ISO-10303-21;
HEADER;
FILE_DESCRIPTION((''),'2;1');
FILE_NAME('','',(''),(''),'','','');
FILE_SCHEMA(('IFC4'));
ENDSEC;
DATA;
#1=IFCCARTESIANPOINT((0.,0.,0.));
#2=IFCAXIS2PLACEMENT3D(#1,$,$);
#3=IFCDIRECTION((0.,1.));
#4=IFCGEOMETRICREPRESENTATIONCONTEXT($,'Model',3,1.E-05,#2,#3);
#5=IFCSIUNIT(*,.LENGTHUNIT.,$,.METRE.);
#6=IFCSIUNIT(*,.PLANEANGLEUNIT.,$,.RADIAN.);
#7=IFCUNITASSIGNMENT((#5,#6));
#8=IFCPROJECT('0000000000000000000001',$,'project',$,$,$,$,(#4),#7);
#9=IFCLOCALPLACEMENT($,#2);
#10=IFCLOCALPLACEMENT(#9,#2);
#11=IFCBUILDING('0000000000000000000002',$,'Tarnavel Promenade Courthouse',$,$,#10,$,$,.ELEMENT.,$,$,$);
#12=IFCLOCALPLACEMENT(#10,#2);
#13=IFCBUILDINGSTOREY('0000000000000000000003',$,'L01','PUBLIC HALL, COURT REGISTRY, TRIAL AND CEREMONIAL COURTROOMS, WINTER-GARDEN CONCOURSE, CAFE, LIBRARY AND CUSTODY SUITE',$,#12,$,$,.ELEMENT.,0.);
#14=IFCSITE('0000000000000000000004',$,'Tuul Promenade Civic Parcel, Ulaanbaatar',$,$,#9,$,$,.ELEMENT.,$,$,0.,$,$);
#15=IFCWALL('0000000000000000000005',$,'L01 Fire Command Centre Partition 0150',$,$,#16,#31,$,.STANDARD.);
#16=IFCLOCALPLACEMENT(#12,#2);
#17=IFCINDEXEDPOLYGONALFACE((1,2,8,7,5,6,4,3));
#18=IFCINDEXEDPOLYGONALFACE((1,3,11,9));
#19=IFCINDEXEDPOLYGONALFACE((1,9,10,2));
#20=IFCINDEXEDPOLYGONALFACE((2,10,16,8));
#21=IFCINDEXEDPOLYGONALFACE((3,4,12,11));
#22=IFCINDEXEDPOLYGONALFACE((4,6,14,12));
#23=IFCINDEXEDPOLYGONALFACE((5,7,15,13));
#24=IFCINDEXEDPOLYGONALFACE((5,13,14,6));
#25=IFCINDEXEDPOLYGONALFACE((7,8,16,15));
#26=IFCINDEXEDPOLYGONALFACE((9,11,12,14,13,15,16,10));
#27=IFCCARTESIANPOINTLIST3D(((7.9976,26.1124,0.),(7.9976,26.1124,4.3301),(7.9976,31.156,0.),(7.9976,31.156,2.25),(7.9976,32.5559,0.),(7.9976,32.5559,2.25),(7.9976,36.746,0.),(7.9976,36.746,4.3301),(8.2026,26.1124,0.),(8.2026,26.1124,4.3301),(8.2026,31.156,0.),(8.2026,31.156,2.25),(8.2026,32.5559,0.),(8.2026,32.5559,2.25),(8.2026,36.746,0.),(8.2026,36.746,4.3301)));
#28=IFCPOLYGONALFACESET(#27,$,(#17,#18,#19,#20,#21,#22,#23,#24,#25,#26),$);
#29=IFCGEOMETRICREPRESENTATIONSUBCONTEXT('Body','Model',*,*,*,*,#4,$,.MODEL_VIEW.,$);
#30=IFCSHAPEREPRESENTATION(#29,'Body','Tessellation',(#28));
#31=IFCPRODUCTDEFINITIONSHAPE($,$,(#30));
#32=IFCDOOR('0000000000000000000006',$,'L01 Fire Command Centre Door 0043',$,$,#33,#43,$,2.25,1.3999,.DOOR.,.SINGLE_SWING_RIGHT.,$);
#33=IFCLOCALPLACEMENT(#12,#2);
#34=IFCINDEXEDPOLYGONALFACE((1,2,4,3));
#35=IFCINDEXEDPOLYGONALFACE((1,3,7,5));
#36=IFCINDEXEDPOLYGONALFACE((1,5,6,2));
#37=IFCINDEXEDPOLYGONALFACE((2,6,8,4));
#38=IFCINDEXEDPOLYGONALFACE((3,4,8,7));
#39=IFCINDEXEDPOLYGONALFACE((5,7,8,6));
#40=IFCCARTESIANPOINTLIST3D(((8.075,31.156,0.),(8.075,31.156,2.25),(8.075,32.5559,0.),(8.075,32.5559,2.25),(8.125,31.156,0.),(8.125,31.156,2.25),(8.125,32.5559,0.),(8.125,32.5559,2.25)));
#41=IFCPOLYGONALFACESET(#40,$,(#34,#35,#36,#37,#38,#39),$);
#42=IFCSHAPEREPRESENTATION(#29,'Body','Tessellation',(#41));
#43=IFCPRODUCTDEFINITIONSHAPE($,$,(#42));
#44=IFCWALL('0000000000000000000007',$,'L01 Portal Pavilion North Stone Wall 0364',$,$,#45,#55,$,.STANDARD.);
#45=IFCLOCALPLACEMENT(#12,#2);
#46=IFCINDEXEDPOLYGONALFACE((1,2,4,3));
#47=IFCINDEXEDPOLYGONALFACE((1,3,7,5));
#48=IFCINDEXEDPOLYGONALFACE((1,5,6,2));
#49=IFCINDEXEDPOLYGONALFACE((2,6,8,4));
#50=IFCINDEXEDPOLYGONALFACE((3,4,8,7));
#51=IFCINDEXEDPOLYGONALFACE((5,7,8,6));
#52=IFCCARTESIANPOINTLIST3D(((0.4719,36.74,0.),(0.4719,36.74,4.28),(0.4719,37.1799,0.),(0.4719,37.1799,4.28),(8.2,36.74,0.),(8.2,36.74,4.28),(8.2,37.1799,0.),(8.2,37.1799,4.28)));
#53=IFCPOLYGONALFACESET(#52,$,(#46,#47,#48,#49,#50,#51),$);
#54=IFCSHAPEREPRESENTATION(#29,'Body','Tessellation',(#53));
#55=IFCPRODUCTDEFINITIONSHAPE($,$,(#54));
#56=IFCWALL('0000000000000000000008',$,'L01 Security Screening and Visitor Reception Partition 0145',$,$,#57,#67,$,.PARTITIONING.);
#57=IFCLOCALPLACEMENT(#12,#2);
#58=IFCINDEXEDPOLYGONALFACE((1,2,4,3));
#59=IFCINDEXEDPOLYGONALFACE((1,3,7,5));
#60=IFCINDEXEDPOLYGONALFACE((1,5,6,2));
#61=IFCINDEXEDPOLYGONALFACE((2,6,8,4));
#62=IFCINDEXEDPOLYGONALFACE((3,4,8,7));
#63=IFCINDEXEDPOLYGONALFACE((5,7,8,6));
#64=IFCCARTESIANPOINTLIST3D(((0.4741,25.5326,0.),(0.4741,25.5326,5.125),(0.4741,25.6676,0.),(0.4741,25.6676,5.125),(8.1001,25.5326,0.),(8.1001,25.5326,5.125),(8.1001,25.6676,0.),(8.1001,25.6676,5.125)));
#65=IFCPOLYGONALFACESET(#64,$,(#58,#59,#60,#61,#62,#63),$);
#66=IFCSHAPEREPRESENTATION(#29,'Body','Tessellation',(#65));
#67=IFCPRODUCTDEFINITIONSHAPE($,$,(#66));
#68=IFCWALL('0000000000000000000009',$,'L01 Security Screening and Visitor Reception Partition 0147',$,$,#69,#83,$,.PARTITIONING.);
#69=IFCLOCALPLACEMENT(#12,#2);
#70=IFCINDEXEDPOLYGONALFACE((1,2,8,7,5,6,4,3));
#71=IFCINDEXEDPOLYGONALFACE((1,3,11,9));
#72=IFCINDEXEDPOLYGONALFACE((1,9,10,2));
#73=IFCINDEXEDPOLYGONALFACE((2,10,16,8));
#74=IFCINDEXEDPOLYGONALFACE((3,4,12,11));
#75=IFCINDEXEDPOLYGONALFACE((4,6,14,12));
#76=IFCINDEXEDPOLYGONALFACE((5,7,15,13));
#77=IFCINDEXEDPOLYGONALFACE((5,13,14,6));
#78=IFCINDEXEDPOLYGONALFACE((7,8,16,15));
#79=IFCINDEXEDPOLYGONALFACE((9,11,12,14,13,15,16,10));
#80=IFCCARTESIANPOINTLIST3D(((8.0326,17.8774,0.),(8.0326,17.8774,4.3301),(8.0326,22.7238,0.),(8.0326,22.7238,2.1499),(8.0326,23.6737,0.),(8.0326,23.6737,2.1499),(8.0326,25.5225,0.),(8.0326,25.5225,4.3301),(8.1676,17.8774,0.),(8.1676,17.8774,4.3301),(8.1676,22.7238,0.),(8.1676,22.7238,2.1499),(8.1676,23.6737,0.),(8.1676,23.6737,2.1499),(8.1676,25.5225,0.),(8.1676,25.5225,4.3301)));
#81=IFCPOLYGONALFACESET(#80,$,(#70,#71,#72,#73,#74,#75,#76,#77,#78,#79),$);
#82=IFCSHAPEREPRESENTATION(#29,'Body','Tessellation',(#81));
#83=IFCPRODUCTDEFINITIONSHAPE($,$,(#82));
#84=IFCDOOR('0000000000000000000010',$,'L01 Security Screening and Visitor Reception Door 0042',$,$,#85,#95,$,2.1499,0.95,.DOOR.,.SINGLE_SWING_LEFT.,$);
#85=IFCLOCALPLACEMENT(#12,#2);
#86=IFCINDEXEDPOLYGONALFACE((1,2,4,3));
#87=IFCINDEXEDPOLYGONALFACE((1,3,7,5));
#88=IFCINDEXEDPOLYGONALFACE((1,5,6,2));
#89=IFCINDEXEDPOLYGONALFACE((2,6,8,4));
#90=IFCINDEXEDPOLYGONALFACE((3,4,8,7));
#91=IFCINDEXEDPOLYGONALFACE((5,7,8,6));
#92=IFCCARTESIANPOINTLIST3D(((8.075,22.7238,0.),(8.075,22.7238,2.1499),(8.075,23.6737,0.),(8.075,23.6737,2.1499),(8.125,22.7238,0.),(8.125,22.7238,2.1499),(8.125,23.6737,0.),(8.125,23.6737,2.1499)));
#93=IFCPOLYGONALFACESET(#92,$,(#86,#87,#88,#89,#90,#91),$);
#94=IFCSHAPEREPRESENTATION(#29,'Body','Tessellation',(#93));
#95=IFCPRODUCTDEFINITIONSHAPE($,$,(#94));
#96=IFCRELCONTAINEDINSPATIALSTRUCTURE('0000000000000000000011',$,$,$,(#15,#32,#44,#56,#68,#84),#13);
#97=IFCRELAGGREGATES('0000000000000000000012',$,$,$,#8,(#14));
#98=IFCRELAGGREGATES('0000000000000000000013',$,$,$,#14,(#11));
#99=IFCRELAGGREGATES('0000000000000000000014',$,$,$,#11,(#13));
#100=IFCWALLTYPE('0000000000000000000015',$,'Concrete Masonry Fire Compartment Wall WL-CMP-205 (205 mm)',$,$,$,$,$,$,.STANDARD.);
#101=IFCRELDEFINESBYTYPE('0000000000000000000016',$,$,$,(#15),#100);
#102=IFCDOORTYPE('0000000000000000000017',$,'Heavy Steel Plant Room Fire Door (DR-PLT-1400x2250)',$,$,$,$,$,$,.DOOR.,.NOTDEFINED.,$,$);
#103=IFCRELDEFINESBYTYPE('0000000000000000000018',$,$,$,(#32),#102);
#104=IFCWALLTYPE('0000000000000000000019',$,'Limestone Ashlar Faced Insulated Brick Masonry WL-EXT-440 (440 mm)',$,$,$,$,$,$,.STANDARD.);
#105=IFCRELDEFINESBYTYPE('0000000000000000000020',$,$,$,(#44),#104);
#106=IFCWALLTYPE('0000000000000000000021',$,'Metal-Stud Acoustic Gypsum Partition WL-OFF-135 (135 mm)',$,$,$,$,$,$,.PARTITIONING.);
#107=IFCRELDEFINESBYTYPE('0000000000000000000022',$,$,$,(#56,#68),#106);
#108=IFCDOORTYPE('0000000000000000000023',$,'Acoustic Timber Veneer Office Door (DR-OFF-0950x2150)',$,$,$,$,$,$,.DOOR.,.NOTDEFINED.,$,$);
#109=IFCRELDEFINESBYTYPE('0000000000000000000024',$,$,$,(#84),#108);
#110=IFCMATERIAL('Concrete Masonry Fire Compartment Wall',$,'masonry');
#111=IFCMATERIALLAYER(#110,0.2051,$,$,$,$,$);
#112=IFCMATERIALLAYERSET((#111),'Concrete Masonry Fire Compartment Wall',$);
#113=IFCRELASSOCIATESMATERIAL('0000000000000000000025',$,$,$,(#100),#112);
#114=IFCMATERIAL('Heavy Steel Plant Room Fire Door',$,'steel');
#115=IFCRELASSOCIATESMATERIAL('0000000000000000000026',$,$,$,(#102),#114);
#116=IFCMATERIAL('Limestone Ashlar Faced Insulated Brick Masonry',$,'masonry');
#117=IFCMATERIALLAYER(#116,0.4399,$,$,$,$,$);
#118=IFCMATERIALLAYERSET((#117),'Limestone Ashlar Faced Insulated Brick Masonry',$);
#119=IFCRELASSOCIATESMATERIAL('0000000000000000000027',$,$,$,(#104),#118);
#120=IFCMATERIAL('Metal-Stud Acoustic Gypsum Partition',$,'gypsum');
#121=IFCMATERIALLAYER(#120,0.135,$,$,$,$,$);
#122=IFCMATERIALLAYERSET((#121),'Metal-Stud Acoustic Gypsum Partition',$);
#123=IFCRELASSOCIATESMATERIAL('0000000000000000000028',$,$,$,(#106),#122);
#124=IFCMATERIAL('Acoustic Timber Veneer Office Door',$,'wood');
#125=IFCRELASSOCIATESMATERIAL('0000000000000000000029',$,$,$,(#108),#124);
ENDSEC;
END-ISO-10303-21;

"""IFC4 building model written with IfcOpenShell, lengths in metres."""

from ifc_helpers import new_model, si_unit, direction, frame, frame_2d, origin, place, context, subcontext, project, spatial, rectangle, extrude, material, layer, layer_set, type_object, element, fill, save


model = new_model("IFC4")

# Units and contexts
model_context = context("Model", 3, precision=1e-05, world=origin(), true_north=direction((0.0, 1.0)))
body_context = subcontext(model_context, "Body", "Model", "MODEL_VIEW")
ifc_project = project(units=[si_unit("LENGTHUNIT", "METRE"), si_unit("PLANEANGLEUNIT", "RADIAN")], contexts=[model_context])

# Site, building, storey
site_placement = place(None, origin())
site = spatial("IfcSite", under=ifc_project, at=site_placement, Name="Tuul Promenade Civic Parcel, Ulaanbaatar", CompositionType="ELEMENT", RefElevation=0.0)
building_placement = place(site_placement, origin())
building = spatial("IfcBuilding", under=site, at=building_placement, Name="Tarnavel Promenade Courthouse", CompositionType="ELEMENT")
storey_placement = place(building_placement, origin())
storey = spatial("IfcBuildingStorey", under=building, at=storey_placement, Name="L01", Description="PUBLIC HALL, COURT REGISTRY, TRIAL AND CEREMONIAL COURTROOMS, WINTER-GARDEN CONCOURSE, CAFE, LIBRARY AND CUSTODY SUITE", CompositionType="ELEMENT", Elevation=0.0)

# Shared definitions
ifc_material_1 = material(Name="Concrete Masonry Fire Compartment Wall", Category="masonry")
ifc_layer_1 = layer(ifc_material_1, 0.2051)
ifc_layer_set_1 = layer_set([ifc_layer_1], Name="Concrete Masonry Fire Compartment Wall")
wall_type_1 = type_object("IfcWallType", Name="Concrete Masonry Fire Compartment Wall WL-CMP-205 (205 mm)", PredefinedType="STANDARD", material=ifc_layer_set_1)

# Wall, opening, door
wall_1_placement = place(storey_placement, frame((8.1001, 36.7461, 0.0), z_axis=(0.0, 0.0, 1.0), x_axis=(0.0, -1.0, 0.0)))
wall_1 = element("IfcWall", 1, at=wall_1_placement, inside=storey, type_object=wall_type_1, Name="L01 Fire Command Centre Partition 0150", PredefinedType="STANDARD", context=body_context, shape_type="SweptSolid", body=[
    extrude(rectangle(XDim=10.6335, YDim=0.2051, at=frame_2d((5.3169, 0.0))), origin(), (0.0, 0.0, 1.0), 4.3301),
])
opening_1_placement = place(wall_1_placement, frame((4.1902, 0.0, 0.0)))
opening_1 = element("IfcOpeningElement", 2, at=opening_1_placement, cuts=wall_1, PredefinedType="OPENING", context=body_context, shape_type="SweptSolid", body=[
    extrude(rectangle(XDim=1.3999, YDim=2.25, at=frame_2d((0.7, 1.125))), frame((0.0, 0.1125, 0.0), z_axis=(0.0, -1.0, 0.0), x_axis=(1.0, 0.0, 0.0)), (0.0, 0.0, 1.0), 0.2251),
])
ifc_material_2 = material(Name="Heavy Steel Plant Room Fire Door", Category="steel")
door_type_1 = type_object("IfcDoorType", Name="Heavy Steel Plant Room Fire Door (DR-PLT-1400x2250)", OperationType="NOTDEFINED", PredefinedType="DOOR", material=ifc_material_2)
door_1_placement = place(opening_1_placement, origin())
door_1 = element("IfcDoor", 3, at=door_1_placement, inside=storey, type_object=door_type_1, Name="L01 Fire Command Centre Door 0043", OperationType="SINGLE_SWING_RIGHT", OverallHeight=2.25, OverallWidth=1.3999, PredefinedType="DOOR", context=body_context, shape_type="SweptSolid", body=[
    extrude(rectangle(XDim=1.3999, YDim=2.25, at=frame_2d((0.7, 1.125))), frame((0.0, 0.0249, 0.0), z_axis=(0.0, -1.0, 0.0), x_axis=(1.0, 0.0, 0.0)), (0.0, 0.0, 1.0), 0.05),
])
fill(opening_1, door_1)

# Wall
ifc_material_3 = material(Name="Limestone Ashlar Faced Insulated Brick Masonry", Category="masonry")
ifc_layer_2 = layer(ifc_material_3, 0.4399)
ifc_layer_set_2 = layer_set([ifc_layer_2], Name="Limestone Ashlar Faced Insulated Brick Masonry")
wall_type_2 = type_object("IfcWallType", Name="Limestone Ashlar Faced Insulated Brick Masonry WL-EXT-440 (440 mm)", PredefinedType="STANDARD", material=ifc_layer_set_2)
wall_2_placement = place(storey_placement, frame((0.4719, 36.96, 0.0), z_axis=(0.0, 0.0, 1.0), x_axis=(1.0, 0.0, 0.0)))
element("IfcWall", 4, at=wall_2_placement, inside=storey, type_object=wall_type_2, Name="L01 Portal Pavilion North Stone Wall 0364", PredefinedType="STANDARD", context=body_context, shape_type="SweptSolid", body=[
    extrude(rectangle(XDim=7.728, YDim=0.4399, at=frame_2d((3.864, 0.0))), origin(), (0.0, 0.0, 1.0), 4.28),
])

# Wall
ifc_material_4 = material(Name="Metal-Stud Acoustic Gypsum Partition", Category="gypsum")
ifc_layer_3 = layer(ifc_material_4, 0.135)
ifc_layer_set_3 = layer_set([ifc_layer_3], Name="Metal-Stud Acoustic Gypsum Partition")
wall_type_3 = type_object("IfcWallType", Name="Metal-Stud Acoustic Gypsum Partition WL-OFF-135 (135 mm)", PredefinedType="PARTITIONING", material=ifc_layer_set_3)
wall_3_placement = place(storey_placement, frame((0.4741, 25.6001, 0.0), z_axis=(0.0, 0.0, 1.0), x_axis=(1.0, 0.0, 0.0)))
element("IfcWall", 5, at=wall_3_placement, inside=storey, type_object=wall_type_3, Name="L01 Security Screening and Visitor Reception Partition 0145", PredefinedType="PARTITIONING", context=body_context, shape_type="SweptSolid", body=[
    extrude(rectangle(XDim=7.626, YDim=0.135, at=frame_2d((3.813, 0.0))), origin(), (0.0, 0.0, 1.0), 5.125),
])

# Wall, opening, door
wall_4_placement = place(storey_placement, frame((8.1001, 25.5225, 0.0), z_axis=(0.0, 0.0, 1.0), x_axis=(0.0, -1.0, 0.0)))
wall_4 = element("IfcWall", 6, at=wall_4_placement, inside=storey, type_object=wall_type_3, Name="L01 Security Screening and Visitor Reception Partition 0147", PredefinedType="PARTITIONING", context=body_context, shape_type="SweptSolid", body=[
    extrude(rectangle(XDim=7.645, YDim=0.135, at=frame_2d((3.8225, 0.0))), origin(), (0.0, 0.0, 1.0), 4.3301),
])
opening_2_placement = place(wall_4_placement, frame((1.8486, 0.0, 0.0)))
opening_2 = element("IfcOpeningElement", 7, at=opening_2_placement, cuts=wall_4, PredefinedType="OPENING", context=body_context, shape_type="SweptSolid", body=[
    extrude(rectangle(XDim=0.95, YDim=2.1499, at=frame_2d((0.4751, 1.075))), frame((0.0, 0.0774, 0.0), z_axis=(0.0, -1.0, 0.0), x_axis=(1.0, 0.0, 0.0)), (0.0, 0.0, 1.0), 0.155),
])
ifc_material_5 = material(Name="Acoustic Timber Veneer Office Door", Category="wood")
door_type_2 = type_object("IfcDoorType", Name="Acoustic Timber Veneer Office Door (DR-OFF-0950x2150)", OperationType="NOTDEFINED", PredefinedType="DOOR", material=ifc_material_5)
door_2_placement = place(opening_2_placement, origin())
door_2 = element("IfcDoor", 8, at=door_2_placement, inside=storey, type_object=door_type_2, Name="L01 Security Screening and Visitor Reception Door 0042", OperationType="SINGLE_SWING_LEFT", OverallHeight=2.1499, OverallWidth=0.95, PredefinedType="DOOR", context=body_context, shape_type="SweptSolid", body=[
    extrude(rectangle(XDim=0.95, YDim=2.1499, at=frame_2d((0.4751, 1.075))), frame((0.0, 0.0249, 0.0), z_axis=(0.0, -1.0, 0.0), x_axis=(1.0, 0.0, 0.0)), (0.0, 0.0, 1.0), 0.05),
])
fill(opening_2, door_2)

save(model, "model.ifc")
